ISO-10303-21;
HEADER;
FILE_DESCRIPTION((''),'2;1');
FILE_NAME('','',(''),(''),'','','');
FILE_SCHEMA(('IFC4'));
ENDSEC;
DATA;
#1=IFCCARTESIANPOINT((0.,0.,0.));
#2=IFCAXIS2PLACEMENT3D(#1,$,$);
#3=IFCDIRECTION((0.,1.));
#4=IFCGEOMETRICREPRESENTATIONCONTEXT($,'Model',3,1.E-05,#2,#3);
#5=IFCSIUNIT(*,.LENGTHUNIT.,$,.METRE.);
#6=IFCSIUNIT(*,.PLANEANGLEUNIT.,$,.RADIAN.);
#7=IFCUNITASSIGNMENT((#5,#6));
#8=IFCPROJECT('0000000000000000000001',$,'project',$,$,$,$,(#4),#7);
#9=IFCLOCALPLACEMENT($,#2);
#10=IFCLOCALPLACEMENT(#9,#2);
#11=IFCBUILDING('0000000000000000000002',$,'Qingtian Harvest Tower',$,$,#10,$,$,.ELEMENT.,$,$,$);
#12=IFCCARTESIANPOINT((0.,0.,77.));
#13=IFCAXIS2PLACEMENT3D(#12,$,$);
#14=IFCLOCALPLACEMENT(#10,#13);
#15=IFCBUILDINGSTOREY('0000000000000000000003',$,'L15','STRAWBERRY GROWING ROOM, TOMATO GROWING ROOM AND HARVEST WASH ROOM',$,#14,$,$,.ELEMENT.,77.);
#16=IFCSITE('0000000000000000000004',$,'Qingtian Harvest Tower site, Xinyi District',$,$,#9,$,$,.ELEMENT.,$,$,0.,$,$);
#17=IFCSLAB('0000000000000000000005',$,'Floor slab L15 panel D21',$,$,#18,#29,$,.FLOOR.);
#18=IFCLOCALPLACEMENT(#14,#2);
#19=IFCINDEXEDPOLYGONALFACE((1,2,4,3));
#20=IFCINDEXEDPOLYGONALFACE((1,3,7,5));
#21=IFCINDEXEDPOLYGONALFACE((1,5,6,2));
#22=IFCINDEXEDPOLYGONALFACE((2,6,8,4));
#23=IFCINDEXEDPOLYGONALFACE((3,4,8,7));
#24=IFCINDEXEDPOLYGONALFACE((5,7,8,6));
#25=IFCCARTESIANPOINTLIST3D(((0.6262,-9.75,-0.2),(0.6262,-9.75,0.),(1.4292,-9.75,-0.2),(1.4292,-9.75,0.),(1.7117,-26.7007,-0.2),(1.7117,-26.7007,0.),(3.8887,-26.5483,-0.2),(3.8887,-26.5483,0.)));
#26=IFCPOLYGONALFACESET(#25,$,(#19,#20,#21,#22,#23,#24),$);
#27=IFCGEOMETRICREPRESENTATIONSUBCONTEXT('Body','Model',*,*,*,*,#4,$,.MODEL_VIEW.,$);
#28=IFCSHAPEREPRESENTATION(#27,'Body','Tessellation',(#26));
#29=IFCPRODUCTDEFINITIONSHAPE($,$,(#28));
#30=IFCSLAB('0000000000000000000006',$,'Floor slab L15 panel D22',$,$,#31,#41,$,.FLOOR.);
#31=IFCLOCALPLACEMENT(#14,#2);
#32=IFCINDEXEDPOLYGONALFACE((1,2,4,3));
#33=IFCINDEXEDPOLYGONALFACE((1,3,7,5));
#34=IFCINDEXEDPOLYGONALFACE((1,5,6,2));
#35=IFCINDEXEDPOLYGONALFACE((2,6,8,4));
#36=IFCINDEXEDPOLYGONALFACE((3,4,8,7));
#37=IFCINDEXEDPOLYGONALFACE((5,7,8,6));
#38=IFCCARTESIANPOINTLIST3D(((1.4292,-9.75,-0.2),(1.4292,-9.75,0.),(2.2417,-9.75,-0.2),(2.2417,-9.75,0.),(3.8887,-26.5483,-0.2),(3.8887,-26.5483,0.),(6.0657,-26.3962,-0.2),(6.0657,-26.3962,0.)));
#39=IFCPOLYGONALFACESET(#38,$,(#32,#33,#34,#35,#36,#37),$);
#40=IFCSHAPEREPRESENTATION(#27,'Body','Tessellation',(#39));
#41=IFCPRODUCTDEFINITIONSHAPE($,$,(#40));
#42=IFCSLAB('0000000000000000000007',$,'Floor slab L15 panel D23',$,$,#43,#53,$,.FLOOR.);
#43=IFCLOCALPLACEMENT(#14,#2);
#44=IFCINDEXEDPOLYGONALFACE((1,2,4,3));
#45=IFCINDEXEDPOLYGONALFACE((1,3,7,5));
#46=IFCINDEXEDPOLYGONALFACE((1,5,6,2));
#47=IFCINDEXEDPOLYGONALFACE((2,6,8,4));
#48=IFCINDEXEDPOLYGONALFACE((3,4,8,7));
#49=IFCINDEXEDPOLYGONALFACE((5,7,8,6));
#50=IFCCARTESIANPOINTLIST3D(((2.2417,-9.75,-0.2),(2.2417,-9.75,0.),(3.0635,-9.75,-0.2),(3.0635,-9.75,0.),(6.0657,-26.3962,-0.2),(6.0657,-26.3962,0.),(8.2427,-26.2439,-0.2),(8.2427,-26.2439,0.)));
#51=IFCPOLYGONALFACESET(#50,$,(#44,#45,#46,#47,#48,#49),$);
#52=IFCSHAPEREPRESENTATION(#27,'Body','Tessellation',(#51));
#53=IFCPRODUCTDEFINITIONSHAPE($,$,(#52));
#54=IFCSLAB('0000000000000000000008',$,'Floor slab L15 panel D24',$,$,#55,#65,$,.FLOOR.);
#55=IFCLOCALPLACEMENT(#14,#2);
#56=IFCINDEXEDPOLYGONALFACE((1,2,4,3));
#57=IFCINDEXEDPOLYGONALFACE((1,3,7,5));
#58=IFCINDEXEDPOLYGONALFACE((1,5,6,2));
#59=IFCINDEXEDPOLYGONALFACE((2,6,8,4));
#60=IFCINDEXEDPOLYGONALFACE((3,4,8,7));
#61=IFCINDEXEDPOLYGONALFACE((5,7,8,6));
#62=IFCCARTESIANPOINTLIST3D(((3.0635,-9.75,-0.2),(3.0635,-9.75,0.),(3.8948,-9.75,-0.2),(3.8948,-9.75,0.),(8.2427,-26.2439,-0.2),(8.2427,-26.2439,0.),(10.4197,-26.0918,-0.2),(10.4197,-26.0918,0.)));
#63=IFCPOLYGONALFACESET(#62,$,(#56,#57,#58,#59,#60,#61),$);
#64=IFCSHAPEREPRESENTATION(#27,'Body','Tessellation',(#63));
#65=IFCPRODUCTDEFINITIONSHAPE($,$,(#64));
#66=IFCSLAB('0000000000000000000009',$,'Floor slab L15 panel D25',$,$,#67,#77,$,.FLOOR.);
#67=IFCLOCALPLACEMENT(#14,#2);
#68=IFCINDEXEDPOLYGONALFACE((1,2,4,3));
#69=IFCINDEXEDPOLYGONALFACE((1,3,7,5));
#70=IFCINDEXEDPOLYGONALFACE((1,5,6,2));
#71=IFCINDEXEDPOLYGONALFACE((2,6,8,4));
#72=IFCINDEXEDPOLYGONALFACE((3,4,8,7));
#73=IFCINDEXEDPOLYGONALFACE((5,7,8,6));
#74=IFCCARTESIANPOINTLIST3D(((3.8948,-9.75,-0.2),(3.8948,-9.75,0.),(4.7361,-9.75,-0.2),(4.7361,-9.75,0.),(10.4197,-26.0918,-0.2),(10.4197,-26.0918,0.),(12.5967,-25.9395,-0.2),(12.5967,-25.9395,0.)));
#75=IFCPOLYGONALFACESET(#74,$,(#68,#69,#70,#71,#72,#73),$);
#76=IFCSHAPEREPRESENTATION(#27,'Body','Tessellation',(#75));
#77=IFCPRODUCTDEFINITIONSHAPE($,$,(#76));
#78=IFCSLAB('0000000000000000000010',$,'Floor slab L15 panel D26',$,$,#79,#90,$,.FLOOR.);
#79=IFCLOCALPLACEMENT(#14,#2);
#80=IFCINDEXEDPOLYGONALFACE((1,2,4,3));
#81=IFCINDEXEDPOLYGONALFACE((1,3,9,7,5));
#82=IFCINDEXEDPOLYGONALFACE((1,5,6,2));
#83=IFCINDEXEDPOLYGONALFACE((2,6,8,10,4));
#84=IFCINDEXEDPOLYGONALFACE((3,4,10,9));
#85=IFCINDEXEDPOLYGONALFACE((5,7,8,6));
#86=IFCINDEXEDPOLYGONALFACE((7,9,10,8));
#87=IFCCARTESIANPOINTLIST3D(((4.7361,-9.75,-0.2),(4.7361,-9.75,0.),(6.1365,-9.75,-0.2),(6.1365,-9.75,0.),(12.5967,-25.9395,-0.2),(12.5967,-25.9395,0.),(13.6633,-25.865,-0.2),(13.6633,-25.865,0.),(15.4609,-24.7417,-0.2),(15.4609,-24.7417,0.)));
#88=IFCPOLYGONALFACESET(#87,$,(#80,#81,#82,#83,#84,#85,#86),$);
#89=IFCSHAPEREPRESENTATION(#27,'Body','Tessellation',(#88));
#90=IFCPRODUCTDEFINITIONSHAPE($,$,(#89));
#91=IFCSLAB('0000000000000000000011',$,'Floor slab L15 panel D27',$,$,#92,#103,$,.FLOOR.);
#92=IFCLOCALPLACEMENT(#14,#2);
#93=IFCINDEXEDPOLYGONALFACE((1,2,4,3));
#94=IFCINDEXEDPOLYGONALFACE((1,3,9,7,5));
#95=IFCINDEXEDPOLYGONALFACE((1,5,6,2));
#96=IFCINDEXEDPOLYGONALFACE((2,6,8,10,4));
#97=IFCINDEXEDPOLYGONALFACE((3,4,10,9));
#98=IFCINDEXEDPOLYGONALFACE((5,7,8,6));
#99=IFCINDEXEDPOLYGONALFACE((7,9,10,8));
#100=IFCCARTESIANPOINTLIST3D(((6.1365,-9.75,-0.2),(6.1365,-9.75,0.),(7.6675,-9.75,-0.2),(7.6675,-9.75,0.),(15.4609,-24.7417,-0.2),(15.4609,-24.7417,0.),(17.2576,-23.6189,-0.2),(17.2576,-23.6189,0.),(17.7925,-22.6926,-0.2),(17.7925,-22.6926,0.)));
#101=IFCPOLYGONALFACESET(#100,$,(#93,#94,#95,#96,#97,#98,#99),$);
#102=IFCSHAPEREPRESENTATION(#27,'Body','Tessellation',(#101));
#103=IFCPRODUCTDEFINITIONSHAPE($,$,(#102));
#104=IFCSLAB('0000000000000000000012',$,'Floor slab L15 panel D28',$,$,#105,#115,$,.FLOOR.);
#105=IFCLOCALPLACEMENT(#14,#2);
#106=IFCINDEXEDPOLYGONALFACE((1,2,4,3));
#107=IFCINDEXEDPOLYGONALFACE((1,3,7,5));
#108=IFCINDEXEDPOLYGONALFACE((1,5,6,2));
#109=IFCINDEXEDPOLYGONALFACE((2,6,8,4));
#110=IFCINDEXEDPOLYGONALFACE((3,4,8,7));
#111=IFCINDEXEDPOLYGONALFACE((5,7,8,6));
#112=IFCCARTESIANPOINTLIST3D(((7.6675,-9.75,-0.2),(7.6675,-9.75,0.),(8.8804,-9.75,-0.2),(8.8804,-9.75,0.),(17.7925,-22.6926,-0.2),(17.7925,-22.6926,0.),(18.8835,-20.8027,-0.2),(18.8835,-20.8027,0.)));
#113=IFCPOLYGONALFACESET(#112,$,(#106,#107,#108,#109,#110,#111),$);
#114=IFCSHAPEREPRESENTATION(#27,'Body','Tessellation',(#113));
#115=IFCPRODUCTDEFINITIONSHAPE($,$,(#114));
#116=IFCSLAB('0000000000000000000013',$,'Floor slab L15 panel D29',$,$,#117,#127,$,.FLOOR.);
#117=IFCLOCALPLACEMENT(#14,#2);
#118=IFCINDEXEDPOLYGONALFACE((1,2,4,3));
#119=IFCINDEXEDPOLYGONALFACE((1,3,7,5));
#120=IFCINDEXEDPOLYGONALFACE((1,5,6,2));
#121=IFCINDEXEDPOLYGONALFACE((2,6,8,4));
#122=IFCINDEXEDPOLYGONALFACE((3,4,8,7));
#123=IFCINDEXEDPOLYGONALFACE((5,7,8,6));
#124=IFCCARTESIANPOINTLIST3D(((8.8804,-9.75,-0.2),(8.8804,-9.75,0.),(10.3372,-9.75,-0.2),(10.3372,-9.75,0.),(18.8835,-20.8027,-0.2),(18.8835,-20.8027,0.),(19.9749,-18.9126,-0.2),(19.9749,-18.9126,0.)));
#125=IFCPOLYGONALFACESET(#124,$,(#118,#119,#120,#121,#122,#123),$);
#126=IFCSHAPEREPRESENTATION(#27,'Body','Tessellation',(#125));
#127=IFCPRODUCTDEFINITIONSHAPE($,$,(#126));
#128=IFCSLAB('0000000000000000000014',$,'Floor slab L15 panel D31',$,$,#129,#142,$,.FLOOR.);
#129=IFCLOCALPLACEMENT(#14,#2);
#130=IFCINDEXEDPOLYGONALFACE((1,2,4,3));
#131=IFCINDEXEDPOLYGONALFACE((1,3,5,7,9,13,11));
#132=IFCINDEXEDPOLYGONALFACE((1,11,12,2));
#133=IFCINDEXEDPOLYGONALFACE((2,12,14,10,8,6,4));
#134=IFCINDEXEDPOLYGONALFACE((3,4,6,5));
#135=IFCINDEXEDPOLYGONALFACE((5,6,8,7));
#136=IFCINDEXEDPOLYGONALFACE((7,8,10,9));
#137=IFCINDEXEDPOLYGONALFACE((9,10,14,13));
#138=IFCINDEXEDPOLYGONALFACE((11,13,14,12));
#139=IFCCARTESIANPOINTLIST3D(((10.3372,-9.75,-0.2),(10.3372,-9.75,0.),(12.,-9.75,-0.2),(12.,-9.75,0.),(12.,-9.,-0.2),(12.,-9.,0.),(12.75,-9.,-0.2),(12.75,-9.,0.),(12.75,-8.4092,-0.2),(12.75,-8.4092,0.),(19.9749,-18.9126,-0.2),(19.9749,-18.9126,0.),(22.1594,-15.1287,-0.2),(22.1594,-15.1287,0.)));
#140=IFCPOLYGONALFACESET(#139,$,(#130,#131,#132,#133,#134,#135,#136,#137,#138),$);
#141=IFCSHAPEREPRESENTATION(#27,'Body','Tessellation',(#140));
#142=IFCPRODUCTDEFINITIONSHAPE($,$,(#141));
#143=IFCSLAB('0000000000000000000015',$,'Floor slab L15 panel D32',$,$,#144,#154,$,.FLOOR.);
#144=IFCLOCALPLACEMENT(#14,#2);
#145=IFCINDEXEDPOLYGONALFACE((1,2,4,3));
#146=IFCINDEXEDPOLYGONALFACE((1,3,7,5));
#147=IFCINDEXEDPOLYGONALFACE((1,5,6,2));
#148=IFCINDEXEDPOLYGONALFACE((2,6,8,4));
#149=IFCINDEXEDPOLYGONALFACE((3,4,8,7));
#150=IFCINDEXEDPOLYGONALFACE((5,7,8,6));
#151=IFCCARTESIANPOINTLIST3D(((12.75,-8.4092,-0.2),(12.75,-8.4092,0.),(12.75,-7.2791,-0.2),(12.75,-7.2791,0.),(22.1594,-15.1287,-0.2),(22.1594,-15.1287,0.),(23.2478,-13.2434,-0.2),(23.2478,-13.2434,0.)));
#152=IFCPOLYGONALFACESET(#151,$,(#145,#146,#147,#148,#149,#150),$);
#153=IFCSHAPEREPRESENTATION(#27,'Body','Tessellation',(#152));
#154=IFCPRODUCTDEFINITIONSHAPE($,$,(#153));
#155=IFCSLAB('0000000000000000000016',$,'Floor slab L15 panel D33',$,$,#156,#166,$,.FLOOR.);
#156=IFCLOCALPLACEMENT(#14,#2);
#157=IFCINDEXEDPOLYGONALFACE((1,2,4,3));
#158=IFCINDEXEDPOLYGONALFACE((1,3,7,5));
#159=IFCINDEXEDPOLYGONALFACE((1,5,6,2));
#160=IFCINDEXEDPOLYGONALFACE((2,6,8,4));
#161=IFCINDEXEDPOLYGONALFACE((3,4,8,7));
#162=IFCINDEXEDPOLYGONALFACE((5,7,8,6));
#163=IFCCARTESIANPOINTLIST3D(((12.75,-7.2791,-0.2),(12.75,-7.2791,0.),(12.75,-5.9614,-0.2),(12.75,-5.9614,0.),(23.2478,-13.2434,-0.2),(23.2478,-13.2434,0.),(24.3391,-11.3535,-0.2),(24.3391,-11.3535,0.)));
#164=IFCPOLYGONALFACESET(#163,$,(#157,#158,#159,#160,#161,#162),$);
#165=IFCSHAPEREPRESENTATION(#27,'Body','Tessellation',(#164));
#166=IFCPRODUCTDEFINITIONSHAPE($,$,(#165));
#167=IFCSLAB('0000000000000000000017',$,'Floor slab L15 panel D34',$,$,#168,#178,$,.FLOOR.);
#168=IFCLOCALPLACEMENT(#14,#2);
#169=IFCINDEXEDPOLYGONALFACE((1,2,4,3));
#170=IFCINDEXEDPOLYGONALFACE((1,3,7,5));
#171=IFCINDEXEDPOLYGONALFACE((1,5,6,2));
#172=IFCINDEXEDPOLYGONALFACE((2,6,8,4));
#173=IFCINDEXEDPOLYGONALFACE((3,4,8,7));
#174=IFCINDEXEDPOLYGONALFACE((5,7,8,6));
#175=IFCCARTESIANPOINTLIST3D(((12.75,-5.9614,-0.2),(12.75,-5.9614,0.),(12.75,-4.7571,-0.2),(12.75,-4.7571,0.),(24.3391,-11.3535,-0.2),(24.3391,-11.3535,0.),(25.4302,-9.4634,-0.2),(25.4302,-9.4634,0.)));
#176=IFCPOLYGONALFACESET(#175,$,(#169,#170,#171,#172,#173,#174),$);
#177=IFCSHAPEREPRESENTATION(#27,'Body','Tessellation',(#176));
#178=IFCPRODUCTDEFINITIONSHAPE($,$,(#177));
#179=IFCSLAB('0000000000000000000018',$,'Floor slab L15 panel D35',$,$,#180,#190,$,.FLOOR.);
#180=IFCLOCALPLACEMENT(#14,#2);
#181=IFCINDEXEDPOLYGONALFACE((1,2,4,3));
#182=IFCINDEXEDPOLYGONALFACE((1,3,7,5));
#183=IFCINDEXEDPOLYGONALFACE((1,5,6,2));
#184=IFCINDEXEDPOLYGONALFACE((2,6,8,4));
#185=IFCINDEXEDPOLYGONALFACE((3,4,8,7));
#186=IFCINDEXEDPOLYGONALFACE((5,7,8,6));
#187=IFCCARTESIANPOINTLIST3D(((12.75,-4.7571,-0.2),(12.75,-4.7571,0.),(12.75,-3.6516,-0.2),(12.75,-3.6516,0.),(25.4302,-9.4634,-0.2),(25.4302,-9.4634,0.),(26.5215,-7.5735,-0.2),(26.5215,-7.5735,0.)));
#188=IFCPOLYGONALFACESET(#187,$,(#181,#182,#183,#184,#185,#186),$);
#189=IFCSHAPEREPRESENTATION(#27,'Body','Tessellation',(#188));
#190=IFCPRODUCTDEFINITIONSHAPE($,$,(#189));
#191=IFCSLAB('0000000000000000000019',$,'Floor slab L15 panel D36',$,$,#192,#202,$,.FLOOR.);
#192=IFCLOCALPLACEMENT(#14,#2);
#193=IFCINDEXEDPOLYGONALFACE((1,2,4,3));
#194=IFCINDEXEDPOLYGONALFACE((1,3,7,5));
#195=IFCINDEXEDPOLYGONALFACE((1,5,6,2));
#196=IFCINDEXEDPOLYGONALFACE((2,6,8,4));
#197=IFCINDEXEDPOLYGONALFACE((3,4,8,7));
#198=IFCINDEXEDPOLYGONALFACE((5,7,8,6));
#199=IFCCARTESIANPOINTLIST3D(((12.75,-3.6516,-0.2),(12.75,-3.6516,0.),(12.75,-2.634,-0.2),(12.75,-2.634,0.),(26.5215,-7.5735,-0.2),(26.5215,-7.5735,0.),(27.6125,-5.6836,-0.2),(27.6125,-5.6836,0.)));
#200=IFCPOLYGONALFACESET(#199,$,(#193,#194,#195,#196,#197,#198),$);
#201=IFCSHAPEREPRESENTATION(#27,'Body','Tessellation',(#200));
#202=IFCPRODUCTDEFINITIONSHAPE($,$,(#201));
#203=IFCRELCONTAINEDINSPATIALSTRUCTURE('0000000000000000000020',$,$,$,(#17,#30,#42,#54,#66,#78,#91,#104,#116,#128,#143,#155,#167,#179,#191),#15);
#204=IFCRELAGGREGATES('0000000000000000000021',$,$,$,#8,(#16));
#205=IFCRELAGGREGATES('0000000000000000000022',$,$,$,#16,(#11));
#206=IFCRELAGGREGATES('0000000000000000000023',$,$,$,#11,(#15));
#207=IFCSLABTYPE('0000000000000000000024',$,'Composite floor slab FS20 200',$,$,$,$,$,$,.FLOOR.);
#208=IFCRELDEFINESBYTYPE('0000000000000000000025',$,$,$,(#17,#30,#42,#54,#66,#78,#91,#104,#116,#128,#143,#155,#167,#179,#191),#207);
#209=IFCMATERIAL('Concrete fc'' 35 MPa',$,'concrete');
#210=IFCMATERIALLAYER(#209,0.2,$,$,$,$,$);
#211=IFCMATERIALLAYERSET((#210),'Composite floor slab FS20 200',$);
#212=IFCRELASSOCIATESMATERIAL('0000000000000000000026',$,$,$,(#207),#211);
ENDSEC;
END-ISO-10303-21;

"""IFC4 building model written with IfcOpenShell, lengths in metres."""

from ifc_helpers import new_model, si_unit, direction, frame, origin, place, context, subcontext, project, spatial, polyline, outline, extrude, material, layer, layer_set, type_object, element, save


model = new_model("IFC4")

# Units and contexts
model_context = context("Model", 3, precision=1e-05, world=origin(), true_north=direction((0.0, 1.0)))
body_context = subcontext(model_context, "Body", "Model", "MODEL_VIEW")
ifc_project = project(units=[si_unit("LENGTHUNIT", "METRE"), si_unit("PLANEANGLEUNIT", "RADIAN")], contexts=[model_context])

# Site, building, storey
site_placement = place(None, origin())
site = spatial("IfcSite", under=ifc_project, at=site_placement, Name="Qingtian Harvest Tower site, Xinyi District", CompositionType="ELEMENT", RefElevation=0.0)
building_placement = place(site_placement, origin())
building = spatial("IfcBuilding", under=site, at=building_placement, Name="Qingtian Harvest Tower", CompositionType="ELEMENT")
storey_placement = place(building_placement, frame((0.0, 0.0, 77.0)))
storey = spatial("IfcBuildingStorey", under=building, at=storey_placement, Name="L15", Description="STRAWBERRY GROWING ROOM, TOMATO GROWING ROOM AND HARVEST WASH ROOM", CompositionType="ELEMENT", Elevation=77.0)

# Slabs
ifc_material = material(Name="Concrete fc' 35 MPa", Category="concrete")
ifc_layer = layer(ifc_material, 0.2)
ifc_layer_set = layer_set([ifc_layer], Name="Composite floor slab FS20 200")
slab_type = type_object("IfcSlabType", Name="Composite floor slab FS20 200", PredefinedType="FLOOR", material=ifc_layer_set)
slab_1_placement = place(storey_placement, frame((0.0, 0.0, -0.2)))
element("IfcSlab", 1, at=slab_1_placement, inside=storey, type_object=slab_type, Name="Floor slab L15 panel D21", PredefinedType="FLOOR", context=body_context, shape_type="SweptSolid", body=[
    extrude(outline(polyline([(1.4292, -9.75), (3.8887, -26.5483), (1.7117, -26.7007), (0.6262, -9.75), (1.4292, -9.75)])), origin(), (0.0, 0.0, 1.0), 0.2),
])
slab_2_placement = place(storey_placement, frame((0.0, 0.0, -0.2)))
element("IfcSlab", 2, at=slab_2_placement, inside=storey, type_object=slab_type, Name="Floor slab L15 panel D22", PredefinedType="FLOOR", context=body_context, shape_type="SweptSolid", body=[
    extrude(outline(polyline([(2.2417, -9.75), (6.0657, -26.3962), (3.8887, -26.5483), (1.4292, -9.75), (2.2417, -9.75)])), origin(), (0.0, 0.0, 1.0), 0.2),
])
slab_3_placement = place(storey_placement, frame((0.0, 0.0, -0.2)))
element("IfcSlab", 3, at=slab_3_placement, inside=storey, type_object=slab_type, Name="Floor slab L15 panel D23", PredefinedType="FLOOR", context=body_context, shape_type="SweptSolid", body=[
    extrude(outline(polyline([(3.0635, -9.75), (8.2427, -26.2439), (6.0657, -26.3962), (2.2417, -9.75), (3.0635, -9.75)])), origin(), (0.0, 0.0, 1.0), 0.2),
])
slab_4_placement = place(storey_placement, frame((0.0, 0.0, -0.2)))
element("IfcSlab", 4, at=slab_4_placement, inside=storey, type_object=slab_type, Name="Floor slab L15 panel D24", PredefinedType="FLOOR", context=body_context, shape_type="SweptSolid", body=[
    extrude(outline(polyline([(3.8948, -9.75), (10.4197, -26.0918), (8.2427, -26.2439), (3.0635, -9.75), (3.8948, -9.75)])), origin(), (0.0, 0.0, 1.0), 0.2),
])
slab_5_placement = place(storey_placement, frame((0.0, 0.0, -0.2)))
element("IfcSlab", 5, at=slab_5_placement, inside=storey, type_object=slab_type, Name="Floor slab L15 panel D25", PredefinedType="FLOOR", context=body_context, shape_type="SweptSolid", body=[
    extrude(outline(polyline([(4.7361, -9.75), (12.5967, -25.9395), (10.4197, -26.0918), (3.8948, -9.75), (4.7361, -9.75)])), origin(), (0.0, 0.0, 1.0), 0.2),
])
slab_6_placement = place(storey_placement, frame((0.0, 0.0, -0.2)))
element("IfcSlab", 6, at=slab_6_placement, inside=storey, type_object=slab_type, Name="Floor slab L15 panel D26", PredefinedType="FLOOR", context=body_context, shape_type="SweptSolid", body=[
    extrude(outline(polyline([(4.7361, -9.75), (6.1365, -9.75), (15.4609, -24.7417), (13.6633, -25.865), (12.5967, -25.9395), (4.7361, -9.75)])), origin(), (0.0, 0.0, 1.0), 0.2),
])
slab_7_placement = place(storey_placement, frame((0.0, 0.0, -0.2)))
element("IfcSlab", 7, at=slab_7_placement, inside=storey, type_object=slab_type, Name="Floor slab L15 panel D27", PredefinedType="FLOOR", context=body_context, shape_type="SweptSolid", body=[
    extrude(outline(polyline([(6.1365, -9.75), (7.6675, -9.75), (17.7925, -22.6926), (17.2576, -23.6189), (15.4609, -24.7417), (6.1365, -9.75)])), origin(), (0.0, 0.0, 1.0), 0.2),
])
slab_8_placement = place(storey_placement, frame((0.0, 0.0, -0.2)))
element("IfcSlab", 8, at=slab_8_placement, inside=storey, type_object=slab_type, Name="Floor slab L15 panel D28", PredefinedType="FLOOR", context=body_context, shape_type="SweptSolid", body=[
    extrude(outline(polyline([(8.8804, -9.75), (18.8835, -20.8027), (17.7925, -22.6926), (7.6675, -9.75), (8.8804, -9.75)])), origin(), (0.0, 0.0, 1.0), 0.2),
])
slab_9_placement = place(storey_placement, frame((0.0, 0.0, -0.2)))
element("IfcSlab", 9, at=slab_9_placement, inside=storey, type_object=slab_type, Name="Floor slab L15 panel D29", PredefinedType="FLOOR", context=body_context, shape_type="SweptSolid", body=[
    extrude(outline(polyline([(10.3372, -9.75), (19.9749, -18.9126), (18.8835, -20.8027), (8.8804, -9.75), (10.3372, -9.75)])), origin(), (0.0, 0.0, 1.0), 0.2),
])
slab_10_placement = place(storey_placement, frame((0.0, 0.0, -0.2)))
element("IfcSlab", 10, at=slab_10_placement, inside=storey, type_object=slab_type, Name="Floor slab L15 panel D31", PredefinedType="FLOOR", context=body_context, shape_type="SweptSolid", body=[
    extrude(outline(polyline([(12.75, -8.4092), (22.1594, -15.1287), (19.9749, -18.9126), (10.3372, -9.75), (12.0, -9.75), (12.0, -9.0), (12.75, -9.0), (12.75, -8.4092)])), origin(), (0.0, 0.0, 1.0), 0.2),
])
slab_11_placement = place(storey_placement, frame((0.0, 0.0, -0.2)))
element("IfcSlab", 11, at=slab_11_placement, inside=storey, type_object=slab_type, Name="Floor slab L15 panel D32", PredefinedType="FLOOR", context=body_context, shape_type="SweptSolid", body=[
    extrude(outline(polyline([(12.75, -7.2791), (23.2478, -13.2434), (22.1594, -15.1287), (12.75, -8.4092), (12.75, -7.2791)])), origin(), (0.0, 0.0, 1.0), 0.2),
])
slab_12_placement = place(storey_placement, frame((0.0, 0.0, -0.2)))
element("IfcSlab", 12, at=slab_12_placement, inside=storey, type_object=slab_type, Name="Floor slab L15 panel D33", PredefinedType="FLOOR", context=body_context, shape_type="SweptSolid", body=[
    extrude(outline(polyline([(12.75, -5.9614), (24.3391, -11.3535), (23.2478, -13.2434), (12.75, -7.2791), (12.75, -5.9614)])), origin(), (0.0, 0.0, 1.0), 0.2),
])
slab_13_placement = place(storey_placement, frame((0.0, 0.0, -0.2)))
element("IfcSlab", 13, at=slab_13_placement, inside=storey, type_object=slab_type, Name="Floor slab L15 panel D34", PredefinedType="FLOOR", context=body_context, shape_type="SweptSolid", body=[
    extrude(outline(polyline([(12.75, -4.7571), (25.4302, -9.4634), (24.3391, -11.3535), (12.75, -5.9614), (12.75, -4.7571)])), origin(), (0.0, 0.0, 1.0), 0.2),
])
slab_14_placement = place(storey_placement, frame((0.0, 0.0, -0.2)))
element("IfcSlab", 14, at=slab_14_placement, inside=storey, type_object=slab_type, Name="Floor slab L15 panel D35", PredefinedType="FLOOR", context=body_context, shape_type="SweptSolid", body=[
    extrude(outline(polyline([(12.75, -3.6516), (26.5215, -7.5735), (25.4302, -9.4634), (12.75, -4.7571), (12.75, -3.6516)])), origin(), (0.0, 0.0, 1.0), 0.2),
])
slab_15_placement = place(storey_placement, frame((0.0, 0.0, -0.2)))
element("IfcSlab", 15, at=slab_15_placement, inside=storey, type_object=slab_type, Name="Floor slab L15 panel D36", PredefinedType="FLOOR", context=body_context, shape_type="SweptSolid", body=[
    extrude(outline(polyline([(12.75, -2.634), (27.6125, -5.6836), (26.5215, -7.5735), (12.75, -3.6516), (12.75, -2.634)])), origin(), (0.0, 0.0, 1.0), 0.2),
])

save(model, "model.ifc")
